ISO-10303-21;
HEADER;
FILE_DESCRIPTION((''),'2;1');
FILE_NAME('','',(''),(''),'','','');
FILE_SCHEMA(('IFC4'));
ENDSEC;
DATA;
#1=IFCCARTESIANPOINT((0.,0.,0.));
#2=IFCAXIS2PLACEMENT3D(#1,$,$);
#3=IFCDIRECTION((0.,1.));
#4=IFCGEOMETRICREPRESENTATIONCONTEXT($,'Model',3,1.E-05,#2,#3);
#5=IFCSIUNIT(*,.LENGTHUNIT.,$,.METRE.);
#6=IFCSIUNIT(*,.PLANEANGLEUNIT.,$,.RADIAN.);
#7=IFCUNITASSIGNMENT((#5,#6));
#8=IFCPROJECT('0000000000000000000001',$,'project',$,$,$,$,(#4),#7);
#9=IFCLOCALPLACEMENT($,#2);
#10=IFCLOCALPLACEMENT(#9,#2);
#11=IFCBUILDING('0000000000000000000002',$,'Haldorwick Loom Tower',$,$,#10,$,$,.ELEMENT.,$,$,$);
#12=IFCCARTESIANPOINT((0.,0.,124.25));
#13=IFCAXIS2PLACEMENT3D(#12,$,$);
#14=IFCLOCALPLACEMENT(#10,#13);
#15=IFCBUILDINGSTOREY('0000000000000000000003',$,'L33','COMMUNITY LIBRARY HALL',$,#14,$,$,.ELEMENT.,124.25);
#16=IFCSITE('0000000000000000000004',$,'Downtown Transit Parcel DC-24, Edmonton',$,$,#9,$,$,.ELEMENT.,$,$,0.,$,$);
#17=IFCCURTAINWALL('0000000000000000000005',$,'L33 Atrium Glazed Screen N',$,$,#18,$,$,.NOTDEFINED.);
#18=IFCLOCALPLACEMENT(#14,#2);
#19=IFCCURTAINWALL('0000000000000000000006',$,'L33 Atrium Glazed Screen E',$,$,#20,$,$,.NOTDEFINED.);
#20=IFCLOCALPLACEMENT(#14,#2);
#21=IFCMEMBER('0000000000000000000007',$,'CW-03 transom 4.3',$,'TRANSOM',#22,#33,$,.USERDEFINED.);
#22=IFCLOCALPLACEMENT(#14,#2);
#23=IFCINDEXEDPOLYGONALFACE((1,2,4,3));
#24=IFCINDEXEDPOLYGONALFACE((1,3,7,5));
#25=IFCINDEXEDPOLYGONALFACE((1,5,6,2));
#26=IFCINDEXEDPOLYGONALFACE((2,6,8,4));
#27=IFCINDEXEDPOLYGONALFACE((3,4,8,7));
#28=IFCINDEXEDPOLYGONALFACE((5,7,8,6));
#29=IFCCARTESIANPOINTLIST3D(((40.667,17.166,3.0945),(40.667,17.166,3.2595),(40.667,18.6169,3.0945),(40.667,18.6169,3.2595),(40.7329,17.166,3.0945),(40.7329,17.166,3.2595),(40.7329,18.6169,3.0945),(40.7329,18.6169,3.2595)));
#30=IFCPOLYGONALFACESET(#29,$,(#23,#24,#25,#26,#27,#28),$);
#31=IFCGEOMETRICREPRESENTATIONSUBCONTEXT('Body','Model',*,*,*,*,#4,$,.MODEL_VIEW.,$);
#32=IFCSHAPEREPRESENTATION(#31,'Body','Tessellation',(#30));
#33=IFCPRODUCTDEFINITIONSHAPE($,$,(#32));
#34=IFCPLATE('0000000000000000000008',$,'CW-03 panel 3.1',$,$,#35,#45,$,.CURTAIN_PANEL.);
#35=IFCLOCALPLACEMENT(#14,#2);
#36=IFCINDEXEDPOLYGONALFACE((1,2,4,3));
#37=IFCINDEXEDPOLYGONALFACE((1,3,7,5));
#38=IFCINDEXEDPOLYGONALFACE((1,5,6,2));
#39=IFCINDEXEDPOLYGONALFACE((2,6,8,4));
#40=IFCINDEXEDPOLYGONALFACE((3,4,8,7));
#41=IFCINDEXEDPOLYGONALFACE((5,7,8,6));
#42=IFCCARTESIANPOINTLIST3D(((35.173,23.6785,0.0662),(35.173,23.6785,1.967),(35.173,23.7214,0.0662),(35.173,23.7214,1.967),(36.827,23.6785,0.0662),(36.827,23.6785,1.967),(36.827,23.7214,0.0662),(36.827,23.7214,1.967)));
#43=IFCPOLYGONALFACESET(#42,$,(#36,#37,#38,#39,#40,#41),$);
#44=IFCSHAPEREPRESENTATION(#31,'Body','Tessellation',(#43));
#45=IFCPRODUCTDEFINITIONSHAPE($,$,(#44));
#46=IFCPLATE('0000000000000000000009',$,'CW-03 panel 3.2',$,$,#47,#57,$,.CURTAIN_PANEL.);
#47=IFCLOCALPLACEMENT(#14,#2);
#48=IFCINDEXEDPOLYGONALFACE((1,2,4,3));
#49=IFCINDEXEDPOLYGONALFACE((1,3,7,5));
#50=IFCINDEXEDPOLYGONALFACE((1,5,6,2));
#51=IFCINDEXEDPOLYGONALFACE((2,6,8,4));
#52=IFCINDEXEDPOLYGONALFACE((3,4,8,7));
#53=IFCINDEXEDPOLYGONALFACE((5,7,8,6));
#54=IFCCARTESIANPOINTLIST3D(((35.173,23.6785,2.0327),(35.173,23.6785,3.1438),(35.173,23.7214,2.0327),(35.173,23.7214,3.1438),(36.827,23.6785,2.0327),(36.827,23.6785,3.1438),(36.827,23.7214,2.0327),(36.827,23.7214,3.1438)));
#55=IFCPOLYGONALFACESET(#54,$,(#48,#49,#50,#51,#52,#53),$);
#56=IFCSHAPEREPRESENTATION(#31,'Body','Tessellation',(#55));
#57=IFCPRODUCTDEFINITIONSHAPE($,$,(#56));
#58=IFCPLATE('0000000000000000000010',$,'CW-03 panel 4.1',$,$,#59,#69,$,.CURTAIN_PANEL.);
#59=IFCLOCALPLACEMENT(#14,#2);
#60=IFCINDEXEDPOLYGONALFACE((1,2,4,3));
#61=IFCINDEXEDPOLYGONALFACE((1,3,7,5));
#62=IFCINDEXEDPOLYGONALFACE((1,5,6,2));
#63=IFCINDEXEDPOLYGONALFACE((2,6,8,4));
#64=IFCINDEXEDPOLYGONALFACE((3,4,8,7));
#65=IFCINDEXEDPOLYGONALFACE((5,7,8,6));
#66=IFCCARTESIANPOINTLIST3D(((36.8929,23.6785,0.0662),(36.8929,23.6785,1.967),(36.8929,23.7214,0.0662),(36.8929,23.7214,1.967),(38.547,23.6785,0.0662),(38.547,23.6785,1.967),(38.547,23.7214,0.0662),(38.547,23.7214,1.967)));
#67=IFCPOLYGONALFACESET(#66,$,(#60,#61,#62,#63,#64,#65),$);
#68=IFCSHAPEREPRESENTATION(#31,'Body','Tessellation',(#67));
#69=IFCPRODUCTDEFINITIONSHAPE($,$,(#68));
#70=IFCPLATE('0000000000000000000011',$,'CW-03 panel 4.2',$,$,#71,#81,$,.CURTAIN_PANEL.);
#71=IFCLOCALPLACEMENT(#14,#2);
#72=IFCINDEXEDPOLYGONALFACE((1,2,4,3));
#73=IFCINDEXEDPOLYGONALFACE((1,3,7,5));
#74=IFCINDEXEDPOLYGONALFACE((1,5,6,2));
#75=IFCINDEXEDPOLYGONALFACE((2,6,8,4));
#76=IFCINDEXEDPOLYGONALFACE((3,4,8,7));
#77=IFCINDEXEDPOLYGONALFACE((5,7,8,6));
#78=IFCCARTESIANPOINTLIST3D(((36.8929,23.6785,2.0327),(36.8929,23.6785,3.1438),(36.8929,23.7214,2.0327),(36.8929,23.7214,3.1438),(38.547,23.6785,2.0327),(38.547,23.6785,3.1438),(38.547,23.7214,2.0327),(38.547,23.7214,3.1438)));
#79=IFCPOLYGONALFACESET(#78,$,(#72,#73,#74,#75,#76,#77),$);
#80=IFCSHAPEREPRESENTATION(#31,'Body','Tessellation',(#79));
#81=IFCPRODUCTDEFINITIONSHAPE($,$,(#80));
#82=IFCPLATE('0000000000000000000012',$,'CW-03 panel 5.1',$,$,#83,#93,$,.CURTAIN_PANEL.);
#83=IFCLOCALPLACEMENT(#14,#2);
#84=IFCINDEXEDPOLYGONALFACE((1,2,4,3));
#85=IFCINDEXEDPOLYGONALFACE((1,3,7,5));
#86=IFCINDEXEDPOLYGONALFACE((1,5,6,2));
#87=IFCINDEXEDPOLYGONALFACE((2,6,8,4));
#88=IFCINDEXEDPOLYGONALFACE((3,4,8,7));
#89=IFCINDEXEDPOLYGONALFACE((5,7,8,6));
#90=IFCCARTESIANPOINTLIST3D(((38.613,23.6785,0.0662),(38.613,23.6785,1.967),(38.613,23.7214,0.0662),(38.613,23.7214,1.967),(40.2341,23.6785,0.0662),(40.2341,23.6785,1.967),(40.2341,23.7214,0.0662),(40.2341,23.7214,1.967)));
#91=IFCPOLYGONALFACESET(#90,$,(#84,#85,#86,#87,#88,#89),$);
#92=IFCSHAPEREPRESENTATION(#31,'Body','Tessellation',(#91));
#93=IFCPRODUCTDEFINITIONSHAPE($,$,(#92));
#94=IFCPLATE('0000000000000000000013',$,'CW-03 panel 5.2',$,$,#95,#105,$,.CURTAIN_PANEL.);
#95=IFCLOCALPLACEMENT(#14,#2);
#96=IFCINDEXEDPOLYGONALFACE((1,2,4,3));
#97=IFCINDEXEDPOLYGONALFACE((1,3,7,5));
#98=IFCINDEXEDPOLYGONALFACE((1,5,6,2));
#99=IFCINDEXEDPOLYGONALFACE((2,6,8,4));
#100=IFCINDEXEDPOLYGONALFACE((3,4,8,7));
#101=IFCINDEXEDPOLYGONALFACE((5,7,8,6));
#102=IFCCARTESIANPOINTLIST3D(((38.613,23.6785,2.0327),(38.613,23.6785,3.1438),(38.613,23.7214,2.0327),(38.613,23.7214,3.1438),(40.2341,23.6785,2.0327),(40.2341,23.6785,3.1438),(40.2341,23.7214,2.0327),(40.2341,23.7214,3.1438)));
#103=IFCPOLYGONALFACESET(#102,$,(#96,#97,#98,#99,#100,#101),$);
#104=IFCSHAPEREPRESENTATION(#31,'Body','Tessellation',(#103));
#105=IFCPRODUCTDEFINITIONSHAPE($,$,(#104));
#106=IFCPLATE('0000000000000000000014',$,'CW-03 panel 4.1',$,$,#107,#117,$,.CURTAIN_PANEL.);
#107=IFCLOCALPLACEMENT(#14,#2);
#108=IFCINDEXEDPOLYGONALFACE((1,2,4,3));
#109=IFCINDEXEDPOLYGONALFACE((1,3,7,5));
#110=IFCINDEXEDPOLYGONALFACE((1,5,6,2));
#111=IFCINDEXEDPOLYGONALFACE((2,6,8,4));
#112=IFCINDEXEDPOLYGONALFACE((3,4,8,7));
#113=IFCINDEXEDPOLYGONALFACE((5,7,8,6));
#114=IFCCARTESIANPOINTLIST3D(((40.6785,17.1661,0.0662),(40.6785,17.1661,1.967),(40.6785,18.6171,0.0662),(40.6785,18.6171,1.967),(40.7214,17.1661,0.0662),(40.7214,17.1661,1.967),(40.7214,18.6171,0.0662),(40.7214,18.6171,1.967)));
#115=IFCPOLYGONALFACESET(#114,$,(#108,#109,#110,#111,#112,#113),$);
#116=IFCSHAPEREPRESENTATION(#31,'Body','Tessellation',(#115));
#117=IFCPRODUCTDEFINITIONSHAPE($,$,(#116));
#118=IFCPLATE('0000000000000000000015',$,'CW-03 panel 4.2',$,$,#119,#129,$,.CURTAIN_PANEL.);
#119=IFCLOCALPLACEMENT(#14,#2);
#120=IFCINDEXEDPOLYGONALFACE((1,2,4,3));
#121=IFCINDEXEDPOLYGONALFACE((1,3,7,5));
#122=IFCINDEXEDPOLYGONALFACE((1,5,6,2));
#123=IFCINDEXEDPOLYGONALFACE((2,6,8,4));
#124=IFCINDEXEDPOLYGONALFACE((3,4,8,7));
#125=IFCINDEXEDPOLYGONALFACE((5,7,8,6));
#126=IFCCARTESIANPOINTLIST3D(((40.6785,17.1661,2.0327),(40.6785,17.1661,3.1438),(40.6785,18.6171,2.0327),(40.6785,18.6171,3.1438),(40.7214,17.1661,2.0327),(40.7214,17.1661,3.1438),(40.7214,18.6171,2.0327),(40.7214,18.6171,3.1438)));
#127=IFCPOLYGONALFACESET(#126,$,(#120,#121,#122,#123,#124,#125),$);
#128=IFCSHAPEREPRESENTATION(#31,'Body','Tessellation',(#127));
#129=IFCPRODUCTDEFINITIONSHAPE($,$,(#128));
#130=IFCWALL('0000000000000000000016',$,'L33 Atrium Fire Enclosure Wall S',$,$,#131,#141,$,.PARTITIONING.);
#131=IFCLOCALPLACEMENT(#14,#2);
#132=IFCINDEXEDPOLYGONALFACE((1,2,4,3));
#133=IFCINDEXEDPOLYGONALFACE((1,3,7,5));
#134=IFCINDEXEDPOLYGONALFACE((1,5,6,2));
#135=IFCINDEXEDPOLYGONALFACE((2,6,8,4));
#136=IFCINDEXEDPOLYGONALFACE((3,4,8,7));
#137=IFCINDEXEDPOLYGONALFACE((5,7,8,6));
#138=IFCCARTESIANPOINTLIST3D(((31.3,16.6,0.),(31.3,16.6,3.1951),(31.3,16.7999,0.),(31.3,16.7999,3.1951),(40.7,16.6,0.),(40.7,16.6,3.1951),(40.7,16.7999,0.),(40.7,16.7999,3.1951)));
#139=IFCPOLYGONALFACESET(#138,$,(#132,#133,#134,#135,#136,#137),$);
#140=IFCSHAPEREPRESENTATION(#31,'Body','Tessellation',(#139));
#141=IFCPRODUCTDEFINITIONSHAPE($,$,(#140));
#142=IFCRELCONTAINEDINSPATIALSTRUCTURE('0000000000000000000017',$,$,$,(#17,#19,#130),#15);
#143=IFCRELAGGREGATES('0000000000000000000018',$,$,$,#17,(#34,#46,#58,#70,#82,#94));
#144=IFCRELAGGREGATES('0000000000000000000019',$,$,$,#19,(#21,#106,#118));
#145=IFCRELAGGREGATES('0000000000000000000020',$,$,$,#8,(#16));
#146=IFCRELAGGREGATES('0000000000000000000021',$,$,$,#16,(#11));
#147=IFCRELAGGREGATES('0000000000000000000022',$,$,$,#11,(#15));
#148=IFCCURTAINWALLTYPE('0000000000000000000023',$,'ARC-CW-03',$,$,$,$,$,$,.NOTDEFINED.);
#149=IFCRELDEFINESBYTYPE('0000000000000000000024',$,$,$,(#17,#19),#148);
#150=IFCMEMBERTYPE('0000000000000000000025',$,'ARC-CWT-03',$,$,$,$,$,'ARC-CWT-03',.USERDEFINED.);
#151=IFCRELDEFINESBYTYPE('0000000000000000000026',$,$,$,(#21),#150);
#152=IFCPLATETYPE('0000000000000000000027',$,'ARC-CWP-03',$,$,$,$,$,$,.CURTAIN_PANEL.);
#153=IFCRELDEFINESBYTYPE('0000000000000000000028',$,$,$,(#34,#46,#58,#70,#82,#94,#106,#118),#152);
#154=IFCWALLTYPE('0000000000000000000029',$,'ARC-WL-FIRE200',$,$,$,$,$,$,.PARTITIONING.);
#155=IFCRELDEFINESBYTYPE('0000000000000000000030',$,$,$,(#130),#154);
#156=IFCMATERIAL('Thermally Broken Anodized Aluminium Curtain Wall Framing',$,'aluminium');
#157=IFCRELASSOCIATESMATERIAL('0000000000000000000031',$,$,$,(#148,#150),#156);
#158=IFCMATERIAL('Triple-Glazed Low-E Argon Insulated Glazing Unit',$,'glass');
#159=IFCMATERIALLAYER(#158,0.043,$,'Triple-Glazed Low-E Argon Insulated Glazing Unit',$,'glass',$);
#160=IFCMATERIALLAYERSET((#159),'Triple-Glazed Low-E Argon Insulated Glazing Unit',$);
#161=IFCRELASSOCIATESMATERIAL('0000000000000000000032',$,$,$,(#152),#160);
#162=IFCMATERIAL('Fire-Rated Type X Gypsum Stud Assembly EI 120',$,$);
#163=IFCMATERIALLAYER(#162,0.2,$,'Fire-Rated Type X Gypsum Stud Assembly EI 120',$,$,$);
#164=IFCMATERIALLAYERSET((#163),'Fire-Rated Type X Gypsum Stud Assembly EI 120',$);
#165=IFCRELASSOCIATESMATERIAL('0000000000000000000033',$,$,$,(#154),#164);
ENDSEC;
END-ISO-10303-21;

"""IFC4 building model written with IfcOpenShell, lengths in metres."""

from ifc_helpers import new_model, si_unit, direction, frame, frame_2d, origin, origin_2d, place, context, subcontext, project, spatial, rectangle, extrude, material, layer, layer_set, material_profile, profile_set, type_object, element, aggregate, save


model = new_model("IFC4")

# Units and contexts
model_context = context("Model", 3, precision=1e-05, world=origin(), true_north=direction((0.0, 1.0)))
body_context = subcontext(model_context, "Body", "Model", "MODEL_VIEW")
ifc_project = project(units=[si_unit("LENGTHUNIT", "METRE"), si_unit("PLANEANGLEUNIT", "RADIAN")], contexts=[model_context])

# Site, building, storey
site_placement = place(None, origin())
site = spatial("IfcSite", under=ifc_project, at=site_placement, Name="Downtown Transit Parcel DC-24, Edmonton", CompositionType="ELEMENT", RefElevation=0.0)
building_placement = place(site_placement, origin())
building = spatial("IfcBuilding", under=site, at=building_placement, Name="Haldorwick Loom Tower", CompositionType="ELEMENT")
storey_placement = place(building_placement, frame((0.0, 0.0, 124.25)))
storey = spatial("IfcBuildingStorey", under=building, at=storey_placement, Name="L33", Description="COMMUNITY LIBRARY HALL", CompositionType="ELEMENT", Elevation=124.25)

# Shared definitions
ifc_material_1 = material(Name="Thermally Broken Anodized Aluminium Curtain Wall Framing", Category="aluminium")
curtain_wall_type = type_object("IfcCurtainWallType", Name="ARC-CW-03", PredefinedType="NOTDEFINED", material=ifc_material_1)

# Curtain walls
curtain_wall_1_placement = place(storey_placement, origin())
curtain_wall_1 = element("IfcCurtainWall", 1, at=curtain_wall_1_placement, inside=storey, type_object=curtain_wall_type, Name="L33 Atrium Glazed Screen N", PredefinedType="NOTDEFINED")
curtain_wall_2_placement = place(storey_placement, origin())
curtain_wall_2 = element("IfcCurtainWall", 2, at=curtain_wall_2_placement, inside=storey, type_object=curtain_wall_type, Name="L33 Atrium Glazed Screen E", PredefinedType="NOTDEFINED")

# Member
ifc_material_profile_1 = material_profile(ifc_material_1, rectangle(XDim=0.0659, YDim=0.165, at=origin_2d()), Name="ALU_TRN_66X165", Category="aluminium")
ifc_profile_set_1 = profile_set([ifc_material_profile_1], Name="Thermally Broken Anodized Aluminium Curtain Wall Framing")
member_type_1 = type_object("IfcMemberType", Name="ARC-CWT-03", ElementType="ARC-CWT-03", PredefinedType="USERDEFINED", material=ifc_profile_set_1)
member_1_placement = place(storey_placement, frame((40.7, 18.6169, 3.177), z_axis=(0.0, -1.0, 0.0), x_axis=(1.0, 0.0, 0.0)))
member_1 = element("IfcMember", 3, at=member_1_placement, type_object=member_type_1, Name="CW-03 transom 4.3", ObjectType="TRANSOM", PredefinedType="USERDEFINED", context=body_context, shape_type="SweptSolid", body=[
    extrude(rectangle(XDim=0.0659, YDim=0.165, at=origin_2d()), origin(), (0.0, 0.0, 1.0), 1.4509),
])

# Plates
ifc_material_2 = material(Name="Triple-Glazed Low-E Argon Insulated Glazing Unit", Category="glass")
ifc_layer_1 = layer(ifc_material_2, 0.043, Name="Triple-Glazed Low-E Argon Insulated Glazing Unit", Category="glass")
ifc_layer_set_1 = layer_set([ifc_layer_1], Name="Triple-Glazed Low-E Argon Insulated Glazing Unit")
plate_type = type_object("IfcPlateType", Name="ARC-CWP-03", PredefinedType="CURTAIN_PANEL", material=ifc_layer_set_1)
plate_1_placement = place(storey_placement, frame((36.0, 23.7, 0.0662), z_axis=(0.0, 0.0, 1.0), x_axis=(1.0, 0.0, 0.0)))
plate_1 = element("IfcPlate", 4, at=plate_1_placement, type_object=plate_type, Name="CW-03 panel 3.1", PredefinedType="CURTAIN_PANEL", context=body_context, shape_type="SweptSolid", body=[
    extrude(rectangle(XDim=1.6541, YDim=0.043, at=origin_2d()), origin(), (0.0, 0.0, 1.0), 1.9009),
])
plate_2_placement = place(storey_placement, frame((36.0, 23.7, 2.0327), z_axis=(0.0, 0.0, 1.0), x_axis=(1.0, 0.0, 0.0)))
plate_2 = element("IfcPlate", 5, at=plate_2_placement, type_object=plate_type, Name="CW-03 panel 3.2", PredefinedType="CURTAIN_PANEL", context=body_context, shape_type="SweptSolid", body=[
    extrude(rectangle(XDim=1.6541, YDim=0.043, at=origin_2d()), origin(), (0.0, 0.0, 1.0), 1.1111),
])
plate_3_placement = place(storey_placement, frame((37.72, 23.7, 0.0662), z_axis=(0.0, 0.0, 1.0), x_axis=(1.0, 0.0, 0.0)))
plate_3 = element("IfcPlate", 6, at=plate_3_placement, type_object=plate_type, Name="CW-03 panel 4.1", PredefinedType="CURTAIN_PANEL", context=body_context, shape_type="SweptSolid", body=[
    extrude(rectangle(XDim=1.6541, YDim=0.043, at=origin_2d()), origin(), (0.0, 0.0, 1.0), 1.9009),
])
plate_4_placement = place(storey_placement, frame((37.72, 23.7, 2.0327), z_axis=(0.0, 0.0, 1.0), x_axis=(1.0, 0.0, 0.0)))
plate_4 = element("IfcPlate", 7, at=plate_4_placement, type_object=plate_type, Name="CW-03 panel 4.2", PredefinedType="CURTAIN_PANEL", context=body_context, shape_type="SweptSolid", body=[
    extrude(rectangle(XDim=1.6541, YDim=0.043, at=origin_2d()), origin(), (0.0, 0.0, 1.0), 1.1111),
])
plate_5_placement = place(storey_placement, frame((39.4236, 23.7, 0.0662), z_axis=(0.0, 0.0, 1.0), x_axis=(1.0, 0.0, 0.0)))
plate_5 = element("IfcPlate", 8, at=plate_5_placement, type_object=plate_type, Name="CW-03 panel 5.1", PredefinedType="CURTAIN_PANEL", context=body_context, shape_type="SweptSolid", body=[
    extrude(rectangle(XDim=1.6211, YDim=0.043, at=origin_2d()), origin(), (0.0, 0.0, 1.0), 1.9009),
])
plate_6_placement = place(storey_placement, frame((39.4236, 23.7, 2.0327), z_axis=(0.0, 0.0, 1.0), x_axis=(1.0, 0.0, 0.0)))
plate_6 = element("IfcPlate", 9, at=plate_6_placement, type_object=plate_type, Name="CW-03 panel 5.2", PredefinedType="CURTAIN_PANEL", context=body_context, shape_type="SweptSolid", body=[
    extrude(rectangle(XDim=1.6211, YDim=0.043, at=origin_2d()), origin(), (0.0, 0.0, 1.0), 1.1111),
])
aggregate(curtain_wall_1, [plate_1, plate_2, plate_3, plate_4, plate_5, plate_6])
plate_7_placement = place(storey_placement, frame((40.7, 17.8916, 0.0662), z_axis=(0.0, 0.0, 1.0), x_axis=(0.0, -1.0, 0.0)))
plate_7 = element("IfcPlate", 10, at=plate_7_placement, type_object=plate_type, Name="CW-03 panel 4.1", PredefinedType="CURTAIN_PANEL", context=body_context, shape_type="SweptSolid", body=[
    extrude(rectangle(XDim=1.4509, YDim=0.043, at=origin_2d()), origin(), (0.0, 0.0, 1.0), 1.9009),
])
plate_8_placement = place(storey_placement, frame((40.7, 17.8916, 2.0327), z_axis=(0.0, 0.0, 1.0), x_axis=(0.0, -1.0, 0.0)))
plate_8 = element("IfcPlate", 11, at=plate_8_placement, type_object=plate_type, Name="CW-03 panel 4.2", PredefinedType="CURTAIN_PANEL", context=body_context, shape_type="SweptSolid", body=[
    extrude(rectangle(XDim=1.4509, YDim=0.043, at=origin_2d()), origin(), (0.0, 0.0, 1.0), 1.1111),
])
aggregate(curtain_wall_2, [member_1, plate_7, plate_8])

# Wall
ifc_material_3 = material(Name="Fire-Rated Type X Gypsum Stud Assembly EI 120")
ifc_layer_2 = layer(ifc_material_3, 0.2, Name="Fire-Rated Type X Gypsum Stud Assembly EI 120")
ifc_layer_set_2 = layer_set([ifc_layer_2], Name="Fire-Rated Type X Gypsum Stud Assembly EI 120")
wall_type = type_object("IfcWallType", Name="ARC-WL-FIRE200", PredefinedType="PARTITIONING", material=ifc_layer_set_2)
wall_placement = place(storey_placement, frame((40.7, 16.7, 0.0), z_axis=(0.0, 0.0, 1.0), x_axis=(-1.0, 0.0, 0.0)))
element("IfcWall", 12, at=wall_placement, inside=storey, type_object=wall_type, Name="L33 Atrium Fire Enclosure Wall S", PredefinedType="PARTITIONING", context=body_context, shape_type="SweptSolid", body=[
    extrude(rectangle(XDim=9.3999, YDim=0.2, at=frame_2d((4.7, 0.0))), origin(), (0.0, 0.0, 1.0), 3.1951),
])

save(model, "model.ifc")
